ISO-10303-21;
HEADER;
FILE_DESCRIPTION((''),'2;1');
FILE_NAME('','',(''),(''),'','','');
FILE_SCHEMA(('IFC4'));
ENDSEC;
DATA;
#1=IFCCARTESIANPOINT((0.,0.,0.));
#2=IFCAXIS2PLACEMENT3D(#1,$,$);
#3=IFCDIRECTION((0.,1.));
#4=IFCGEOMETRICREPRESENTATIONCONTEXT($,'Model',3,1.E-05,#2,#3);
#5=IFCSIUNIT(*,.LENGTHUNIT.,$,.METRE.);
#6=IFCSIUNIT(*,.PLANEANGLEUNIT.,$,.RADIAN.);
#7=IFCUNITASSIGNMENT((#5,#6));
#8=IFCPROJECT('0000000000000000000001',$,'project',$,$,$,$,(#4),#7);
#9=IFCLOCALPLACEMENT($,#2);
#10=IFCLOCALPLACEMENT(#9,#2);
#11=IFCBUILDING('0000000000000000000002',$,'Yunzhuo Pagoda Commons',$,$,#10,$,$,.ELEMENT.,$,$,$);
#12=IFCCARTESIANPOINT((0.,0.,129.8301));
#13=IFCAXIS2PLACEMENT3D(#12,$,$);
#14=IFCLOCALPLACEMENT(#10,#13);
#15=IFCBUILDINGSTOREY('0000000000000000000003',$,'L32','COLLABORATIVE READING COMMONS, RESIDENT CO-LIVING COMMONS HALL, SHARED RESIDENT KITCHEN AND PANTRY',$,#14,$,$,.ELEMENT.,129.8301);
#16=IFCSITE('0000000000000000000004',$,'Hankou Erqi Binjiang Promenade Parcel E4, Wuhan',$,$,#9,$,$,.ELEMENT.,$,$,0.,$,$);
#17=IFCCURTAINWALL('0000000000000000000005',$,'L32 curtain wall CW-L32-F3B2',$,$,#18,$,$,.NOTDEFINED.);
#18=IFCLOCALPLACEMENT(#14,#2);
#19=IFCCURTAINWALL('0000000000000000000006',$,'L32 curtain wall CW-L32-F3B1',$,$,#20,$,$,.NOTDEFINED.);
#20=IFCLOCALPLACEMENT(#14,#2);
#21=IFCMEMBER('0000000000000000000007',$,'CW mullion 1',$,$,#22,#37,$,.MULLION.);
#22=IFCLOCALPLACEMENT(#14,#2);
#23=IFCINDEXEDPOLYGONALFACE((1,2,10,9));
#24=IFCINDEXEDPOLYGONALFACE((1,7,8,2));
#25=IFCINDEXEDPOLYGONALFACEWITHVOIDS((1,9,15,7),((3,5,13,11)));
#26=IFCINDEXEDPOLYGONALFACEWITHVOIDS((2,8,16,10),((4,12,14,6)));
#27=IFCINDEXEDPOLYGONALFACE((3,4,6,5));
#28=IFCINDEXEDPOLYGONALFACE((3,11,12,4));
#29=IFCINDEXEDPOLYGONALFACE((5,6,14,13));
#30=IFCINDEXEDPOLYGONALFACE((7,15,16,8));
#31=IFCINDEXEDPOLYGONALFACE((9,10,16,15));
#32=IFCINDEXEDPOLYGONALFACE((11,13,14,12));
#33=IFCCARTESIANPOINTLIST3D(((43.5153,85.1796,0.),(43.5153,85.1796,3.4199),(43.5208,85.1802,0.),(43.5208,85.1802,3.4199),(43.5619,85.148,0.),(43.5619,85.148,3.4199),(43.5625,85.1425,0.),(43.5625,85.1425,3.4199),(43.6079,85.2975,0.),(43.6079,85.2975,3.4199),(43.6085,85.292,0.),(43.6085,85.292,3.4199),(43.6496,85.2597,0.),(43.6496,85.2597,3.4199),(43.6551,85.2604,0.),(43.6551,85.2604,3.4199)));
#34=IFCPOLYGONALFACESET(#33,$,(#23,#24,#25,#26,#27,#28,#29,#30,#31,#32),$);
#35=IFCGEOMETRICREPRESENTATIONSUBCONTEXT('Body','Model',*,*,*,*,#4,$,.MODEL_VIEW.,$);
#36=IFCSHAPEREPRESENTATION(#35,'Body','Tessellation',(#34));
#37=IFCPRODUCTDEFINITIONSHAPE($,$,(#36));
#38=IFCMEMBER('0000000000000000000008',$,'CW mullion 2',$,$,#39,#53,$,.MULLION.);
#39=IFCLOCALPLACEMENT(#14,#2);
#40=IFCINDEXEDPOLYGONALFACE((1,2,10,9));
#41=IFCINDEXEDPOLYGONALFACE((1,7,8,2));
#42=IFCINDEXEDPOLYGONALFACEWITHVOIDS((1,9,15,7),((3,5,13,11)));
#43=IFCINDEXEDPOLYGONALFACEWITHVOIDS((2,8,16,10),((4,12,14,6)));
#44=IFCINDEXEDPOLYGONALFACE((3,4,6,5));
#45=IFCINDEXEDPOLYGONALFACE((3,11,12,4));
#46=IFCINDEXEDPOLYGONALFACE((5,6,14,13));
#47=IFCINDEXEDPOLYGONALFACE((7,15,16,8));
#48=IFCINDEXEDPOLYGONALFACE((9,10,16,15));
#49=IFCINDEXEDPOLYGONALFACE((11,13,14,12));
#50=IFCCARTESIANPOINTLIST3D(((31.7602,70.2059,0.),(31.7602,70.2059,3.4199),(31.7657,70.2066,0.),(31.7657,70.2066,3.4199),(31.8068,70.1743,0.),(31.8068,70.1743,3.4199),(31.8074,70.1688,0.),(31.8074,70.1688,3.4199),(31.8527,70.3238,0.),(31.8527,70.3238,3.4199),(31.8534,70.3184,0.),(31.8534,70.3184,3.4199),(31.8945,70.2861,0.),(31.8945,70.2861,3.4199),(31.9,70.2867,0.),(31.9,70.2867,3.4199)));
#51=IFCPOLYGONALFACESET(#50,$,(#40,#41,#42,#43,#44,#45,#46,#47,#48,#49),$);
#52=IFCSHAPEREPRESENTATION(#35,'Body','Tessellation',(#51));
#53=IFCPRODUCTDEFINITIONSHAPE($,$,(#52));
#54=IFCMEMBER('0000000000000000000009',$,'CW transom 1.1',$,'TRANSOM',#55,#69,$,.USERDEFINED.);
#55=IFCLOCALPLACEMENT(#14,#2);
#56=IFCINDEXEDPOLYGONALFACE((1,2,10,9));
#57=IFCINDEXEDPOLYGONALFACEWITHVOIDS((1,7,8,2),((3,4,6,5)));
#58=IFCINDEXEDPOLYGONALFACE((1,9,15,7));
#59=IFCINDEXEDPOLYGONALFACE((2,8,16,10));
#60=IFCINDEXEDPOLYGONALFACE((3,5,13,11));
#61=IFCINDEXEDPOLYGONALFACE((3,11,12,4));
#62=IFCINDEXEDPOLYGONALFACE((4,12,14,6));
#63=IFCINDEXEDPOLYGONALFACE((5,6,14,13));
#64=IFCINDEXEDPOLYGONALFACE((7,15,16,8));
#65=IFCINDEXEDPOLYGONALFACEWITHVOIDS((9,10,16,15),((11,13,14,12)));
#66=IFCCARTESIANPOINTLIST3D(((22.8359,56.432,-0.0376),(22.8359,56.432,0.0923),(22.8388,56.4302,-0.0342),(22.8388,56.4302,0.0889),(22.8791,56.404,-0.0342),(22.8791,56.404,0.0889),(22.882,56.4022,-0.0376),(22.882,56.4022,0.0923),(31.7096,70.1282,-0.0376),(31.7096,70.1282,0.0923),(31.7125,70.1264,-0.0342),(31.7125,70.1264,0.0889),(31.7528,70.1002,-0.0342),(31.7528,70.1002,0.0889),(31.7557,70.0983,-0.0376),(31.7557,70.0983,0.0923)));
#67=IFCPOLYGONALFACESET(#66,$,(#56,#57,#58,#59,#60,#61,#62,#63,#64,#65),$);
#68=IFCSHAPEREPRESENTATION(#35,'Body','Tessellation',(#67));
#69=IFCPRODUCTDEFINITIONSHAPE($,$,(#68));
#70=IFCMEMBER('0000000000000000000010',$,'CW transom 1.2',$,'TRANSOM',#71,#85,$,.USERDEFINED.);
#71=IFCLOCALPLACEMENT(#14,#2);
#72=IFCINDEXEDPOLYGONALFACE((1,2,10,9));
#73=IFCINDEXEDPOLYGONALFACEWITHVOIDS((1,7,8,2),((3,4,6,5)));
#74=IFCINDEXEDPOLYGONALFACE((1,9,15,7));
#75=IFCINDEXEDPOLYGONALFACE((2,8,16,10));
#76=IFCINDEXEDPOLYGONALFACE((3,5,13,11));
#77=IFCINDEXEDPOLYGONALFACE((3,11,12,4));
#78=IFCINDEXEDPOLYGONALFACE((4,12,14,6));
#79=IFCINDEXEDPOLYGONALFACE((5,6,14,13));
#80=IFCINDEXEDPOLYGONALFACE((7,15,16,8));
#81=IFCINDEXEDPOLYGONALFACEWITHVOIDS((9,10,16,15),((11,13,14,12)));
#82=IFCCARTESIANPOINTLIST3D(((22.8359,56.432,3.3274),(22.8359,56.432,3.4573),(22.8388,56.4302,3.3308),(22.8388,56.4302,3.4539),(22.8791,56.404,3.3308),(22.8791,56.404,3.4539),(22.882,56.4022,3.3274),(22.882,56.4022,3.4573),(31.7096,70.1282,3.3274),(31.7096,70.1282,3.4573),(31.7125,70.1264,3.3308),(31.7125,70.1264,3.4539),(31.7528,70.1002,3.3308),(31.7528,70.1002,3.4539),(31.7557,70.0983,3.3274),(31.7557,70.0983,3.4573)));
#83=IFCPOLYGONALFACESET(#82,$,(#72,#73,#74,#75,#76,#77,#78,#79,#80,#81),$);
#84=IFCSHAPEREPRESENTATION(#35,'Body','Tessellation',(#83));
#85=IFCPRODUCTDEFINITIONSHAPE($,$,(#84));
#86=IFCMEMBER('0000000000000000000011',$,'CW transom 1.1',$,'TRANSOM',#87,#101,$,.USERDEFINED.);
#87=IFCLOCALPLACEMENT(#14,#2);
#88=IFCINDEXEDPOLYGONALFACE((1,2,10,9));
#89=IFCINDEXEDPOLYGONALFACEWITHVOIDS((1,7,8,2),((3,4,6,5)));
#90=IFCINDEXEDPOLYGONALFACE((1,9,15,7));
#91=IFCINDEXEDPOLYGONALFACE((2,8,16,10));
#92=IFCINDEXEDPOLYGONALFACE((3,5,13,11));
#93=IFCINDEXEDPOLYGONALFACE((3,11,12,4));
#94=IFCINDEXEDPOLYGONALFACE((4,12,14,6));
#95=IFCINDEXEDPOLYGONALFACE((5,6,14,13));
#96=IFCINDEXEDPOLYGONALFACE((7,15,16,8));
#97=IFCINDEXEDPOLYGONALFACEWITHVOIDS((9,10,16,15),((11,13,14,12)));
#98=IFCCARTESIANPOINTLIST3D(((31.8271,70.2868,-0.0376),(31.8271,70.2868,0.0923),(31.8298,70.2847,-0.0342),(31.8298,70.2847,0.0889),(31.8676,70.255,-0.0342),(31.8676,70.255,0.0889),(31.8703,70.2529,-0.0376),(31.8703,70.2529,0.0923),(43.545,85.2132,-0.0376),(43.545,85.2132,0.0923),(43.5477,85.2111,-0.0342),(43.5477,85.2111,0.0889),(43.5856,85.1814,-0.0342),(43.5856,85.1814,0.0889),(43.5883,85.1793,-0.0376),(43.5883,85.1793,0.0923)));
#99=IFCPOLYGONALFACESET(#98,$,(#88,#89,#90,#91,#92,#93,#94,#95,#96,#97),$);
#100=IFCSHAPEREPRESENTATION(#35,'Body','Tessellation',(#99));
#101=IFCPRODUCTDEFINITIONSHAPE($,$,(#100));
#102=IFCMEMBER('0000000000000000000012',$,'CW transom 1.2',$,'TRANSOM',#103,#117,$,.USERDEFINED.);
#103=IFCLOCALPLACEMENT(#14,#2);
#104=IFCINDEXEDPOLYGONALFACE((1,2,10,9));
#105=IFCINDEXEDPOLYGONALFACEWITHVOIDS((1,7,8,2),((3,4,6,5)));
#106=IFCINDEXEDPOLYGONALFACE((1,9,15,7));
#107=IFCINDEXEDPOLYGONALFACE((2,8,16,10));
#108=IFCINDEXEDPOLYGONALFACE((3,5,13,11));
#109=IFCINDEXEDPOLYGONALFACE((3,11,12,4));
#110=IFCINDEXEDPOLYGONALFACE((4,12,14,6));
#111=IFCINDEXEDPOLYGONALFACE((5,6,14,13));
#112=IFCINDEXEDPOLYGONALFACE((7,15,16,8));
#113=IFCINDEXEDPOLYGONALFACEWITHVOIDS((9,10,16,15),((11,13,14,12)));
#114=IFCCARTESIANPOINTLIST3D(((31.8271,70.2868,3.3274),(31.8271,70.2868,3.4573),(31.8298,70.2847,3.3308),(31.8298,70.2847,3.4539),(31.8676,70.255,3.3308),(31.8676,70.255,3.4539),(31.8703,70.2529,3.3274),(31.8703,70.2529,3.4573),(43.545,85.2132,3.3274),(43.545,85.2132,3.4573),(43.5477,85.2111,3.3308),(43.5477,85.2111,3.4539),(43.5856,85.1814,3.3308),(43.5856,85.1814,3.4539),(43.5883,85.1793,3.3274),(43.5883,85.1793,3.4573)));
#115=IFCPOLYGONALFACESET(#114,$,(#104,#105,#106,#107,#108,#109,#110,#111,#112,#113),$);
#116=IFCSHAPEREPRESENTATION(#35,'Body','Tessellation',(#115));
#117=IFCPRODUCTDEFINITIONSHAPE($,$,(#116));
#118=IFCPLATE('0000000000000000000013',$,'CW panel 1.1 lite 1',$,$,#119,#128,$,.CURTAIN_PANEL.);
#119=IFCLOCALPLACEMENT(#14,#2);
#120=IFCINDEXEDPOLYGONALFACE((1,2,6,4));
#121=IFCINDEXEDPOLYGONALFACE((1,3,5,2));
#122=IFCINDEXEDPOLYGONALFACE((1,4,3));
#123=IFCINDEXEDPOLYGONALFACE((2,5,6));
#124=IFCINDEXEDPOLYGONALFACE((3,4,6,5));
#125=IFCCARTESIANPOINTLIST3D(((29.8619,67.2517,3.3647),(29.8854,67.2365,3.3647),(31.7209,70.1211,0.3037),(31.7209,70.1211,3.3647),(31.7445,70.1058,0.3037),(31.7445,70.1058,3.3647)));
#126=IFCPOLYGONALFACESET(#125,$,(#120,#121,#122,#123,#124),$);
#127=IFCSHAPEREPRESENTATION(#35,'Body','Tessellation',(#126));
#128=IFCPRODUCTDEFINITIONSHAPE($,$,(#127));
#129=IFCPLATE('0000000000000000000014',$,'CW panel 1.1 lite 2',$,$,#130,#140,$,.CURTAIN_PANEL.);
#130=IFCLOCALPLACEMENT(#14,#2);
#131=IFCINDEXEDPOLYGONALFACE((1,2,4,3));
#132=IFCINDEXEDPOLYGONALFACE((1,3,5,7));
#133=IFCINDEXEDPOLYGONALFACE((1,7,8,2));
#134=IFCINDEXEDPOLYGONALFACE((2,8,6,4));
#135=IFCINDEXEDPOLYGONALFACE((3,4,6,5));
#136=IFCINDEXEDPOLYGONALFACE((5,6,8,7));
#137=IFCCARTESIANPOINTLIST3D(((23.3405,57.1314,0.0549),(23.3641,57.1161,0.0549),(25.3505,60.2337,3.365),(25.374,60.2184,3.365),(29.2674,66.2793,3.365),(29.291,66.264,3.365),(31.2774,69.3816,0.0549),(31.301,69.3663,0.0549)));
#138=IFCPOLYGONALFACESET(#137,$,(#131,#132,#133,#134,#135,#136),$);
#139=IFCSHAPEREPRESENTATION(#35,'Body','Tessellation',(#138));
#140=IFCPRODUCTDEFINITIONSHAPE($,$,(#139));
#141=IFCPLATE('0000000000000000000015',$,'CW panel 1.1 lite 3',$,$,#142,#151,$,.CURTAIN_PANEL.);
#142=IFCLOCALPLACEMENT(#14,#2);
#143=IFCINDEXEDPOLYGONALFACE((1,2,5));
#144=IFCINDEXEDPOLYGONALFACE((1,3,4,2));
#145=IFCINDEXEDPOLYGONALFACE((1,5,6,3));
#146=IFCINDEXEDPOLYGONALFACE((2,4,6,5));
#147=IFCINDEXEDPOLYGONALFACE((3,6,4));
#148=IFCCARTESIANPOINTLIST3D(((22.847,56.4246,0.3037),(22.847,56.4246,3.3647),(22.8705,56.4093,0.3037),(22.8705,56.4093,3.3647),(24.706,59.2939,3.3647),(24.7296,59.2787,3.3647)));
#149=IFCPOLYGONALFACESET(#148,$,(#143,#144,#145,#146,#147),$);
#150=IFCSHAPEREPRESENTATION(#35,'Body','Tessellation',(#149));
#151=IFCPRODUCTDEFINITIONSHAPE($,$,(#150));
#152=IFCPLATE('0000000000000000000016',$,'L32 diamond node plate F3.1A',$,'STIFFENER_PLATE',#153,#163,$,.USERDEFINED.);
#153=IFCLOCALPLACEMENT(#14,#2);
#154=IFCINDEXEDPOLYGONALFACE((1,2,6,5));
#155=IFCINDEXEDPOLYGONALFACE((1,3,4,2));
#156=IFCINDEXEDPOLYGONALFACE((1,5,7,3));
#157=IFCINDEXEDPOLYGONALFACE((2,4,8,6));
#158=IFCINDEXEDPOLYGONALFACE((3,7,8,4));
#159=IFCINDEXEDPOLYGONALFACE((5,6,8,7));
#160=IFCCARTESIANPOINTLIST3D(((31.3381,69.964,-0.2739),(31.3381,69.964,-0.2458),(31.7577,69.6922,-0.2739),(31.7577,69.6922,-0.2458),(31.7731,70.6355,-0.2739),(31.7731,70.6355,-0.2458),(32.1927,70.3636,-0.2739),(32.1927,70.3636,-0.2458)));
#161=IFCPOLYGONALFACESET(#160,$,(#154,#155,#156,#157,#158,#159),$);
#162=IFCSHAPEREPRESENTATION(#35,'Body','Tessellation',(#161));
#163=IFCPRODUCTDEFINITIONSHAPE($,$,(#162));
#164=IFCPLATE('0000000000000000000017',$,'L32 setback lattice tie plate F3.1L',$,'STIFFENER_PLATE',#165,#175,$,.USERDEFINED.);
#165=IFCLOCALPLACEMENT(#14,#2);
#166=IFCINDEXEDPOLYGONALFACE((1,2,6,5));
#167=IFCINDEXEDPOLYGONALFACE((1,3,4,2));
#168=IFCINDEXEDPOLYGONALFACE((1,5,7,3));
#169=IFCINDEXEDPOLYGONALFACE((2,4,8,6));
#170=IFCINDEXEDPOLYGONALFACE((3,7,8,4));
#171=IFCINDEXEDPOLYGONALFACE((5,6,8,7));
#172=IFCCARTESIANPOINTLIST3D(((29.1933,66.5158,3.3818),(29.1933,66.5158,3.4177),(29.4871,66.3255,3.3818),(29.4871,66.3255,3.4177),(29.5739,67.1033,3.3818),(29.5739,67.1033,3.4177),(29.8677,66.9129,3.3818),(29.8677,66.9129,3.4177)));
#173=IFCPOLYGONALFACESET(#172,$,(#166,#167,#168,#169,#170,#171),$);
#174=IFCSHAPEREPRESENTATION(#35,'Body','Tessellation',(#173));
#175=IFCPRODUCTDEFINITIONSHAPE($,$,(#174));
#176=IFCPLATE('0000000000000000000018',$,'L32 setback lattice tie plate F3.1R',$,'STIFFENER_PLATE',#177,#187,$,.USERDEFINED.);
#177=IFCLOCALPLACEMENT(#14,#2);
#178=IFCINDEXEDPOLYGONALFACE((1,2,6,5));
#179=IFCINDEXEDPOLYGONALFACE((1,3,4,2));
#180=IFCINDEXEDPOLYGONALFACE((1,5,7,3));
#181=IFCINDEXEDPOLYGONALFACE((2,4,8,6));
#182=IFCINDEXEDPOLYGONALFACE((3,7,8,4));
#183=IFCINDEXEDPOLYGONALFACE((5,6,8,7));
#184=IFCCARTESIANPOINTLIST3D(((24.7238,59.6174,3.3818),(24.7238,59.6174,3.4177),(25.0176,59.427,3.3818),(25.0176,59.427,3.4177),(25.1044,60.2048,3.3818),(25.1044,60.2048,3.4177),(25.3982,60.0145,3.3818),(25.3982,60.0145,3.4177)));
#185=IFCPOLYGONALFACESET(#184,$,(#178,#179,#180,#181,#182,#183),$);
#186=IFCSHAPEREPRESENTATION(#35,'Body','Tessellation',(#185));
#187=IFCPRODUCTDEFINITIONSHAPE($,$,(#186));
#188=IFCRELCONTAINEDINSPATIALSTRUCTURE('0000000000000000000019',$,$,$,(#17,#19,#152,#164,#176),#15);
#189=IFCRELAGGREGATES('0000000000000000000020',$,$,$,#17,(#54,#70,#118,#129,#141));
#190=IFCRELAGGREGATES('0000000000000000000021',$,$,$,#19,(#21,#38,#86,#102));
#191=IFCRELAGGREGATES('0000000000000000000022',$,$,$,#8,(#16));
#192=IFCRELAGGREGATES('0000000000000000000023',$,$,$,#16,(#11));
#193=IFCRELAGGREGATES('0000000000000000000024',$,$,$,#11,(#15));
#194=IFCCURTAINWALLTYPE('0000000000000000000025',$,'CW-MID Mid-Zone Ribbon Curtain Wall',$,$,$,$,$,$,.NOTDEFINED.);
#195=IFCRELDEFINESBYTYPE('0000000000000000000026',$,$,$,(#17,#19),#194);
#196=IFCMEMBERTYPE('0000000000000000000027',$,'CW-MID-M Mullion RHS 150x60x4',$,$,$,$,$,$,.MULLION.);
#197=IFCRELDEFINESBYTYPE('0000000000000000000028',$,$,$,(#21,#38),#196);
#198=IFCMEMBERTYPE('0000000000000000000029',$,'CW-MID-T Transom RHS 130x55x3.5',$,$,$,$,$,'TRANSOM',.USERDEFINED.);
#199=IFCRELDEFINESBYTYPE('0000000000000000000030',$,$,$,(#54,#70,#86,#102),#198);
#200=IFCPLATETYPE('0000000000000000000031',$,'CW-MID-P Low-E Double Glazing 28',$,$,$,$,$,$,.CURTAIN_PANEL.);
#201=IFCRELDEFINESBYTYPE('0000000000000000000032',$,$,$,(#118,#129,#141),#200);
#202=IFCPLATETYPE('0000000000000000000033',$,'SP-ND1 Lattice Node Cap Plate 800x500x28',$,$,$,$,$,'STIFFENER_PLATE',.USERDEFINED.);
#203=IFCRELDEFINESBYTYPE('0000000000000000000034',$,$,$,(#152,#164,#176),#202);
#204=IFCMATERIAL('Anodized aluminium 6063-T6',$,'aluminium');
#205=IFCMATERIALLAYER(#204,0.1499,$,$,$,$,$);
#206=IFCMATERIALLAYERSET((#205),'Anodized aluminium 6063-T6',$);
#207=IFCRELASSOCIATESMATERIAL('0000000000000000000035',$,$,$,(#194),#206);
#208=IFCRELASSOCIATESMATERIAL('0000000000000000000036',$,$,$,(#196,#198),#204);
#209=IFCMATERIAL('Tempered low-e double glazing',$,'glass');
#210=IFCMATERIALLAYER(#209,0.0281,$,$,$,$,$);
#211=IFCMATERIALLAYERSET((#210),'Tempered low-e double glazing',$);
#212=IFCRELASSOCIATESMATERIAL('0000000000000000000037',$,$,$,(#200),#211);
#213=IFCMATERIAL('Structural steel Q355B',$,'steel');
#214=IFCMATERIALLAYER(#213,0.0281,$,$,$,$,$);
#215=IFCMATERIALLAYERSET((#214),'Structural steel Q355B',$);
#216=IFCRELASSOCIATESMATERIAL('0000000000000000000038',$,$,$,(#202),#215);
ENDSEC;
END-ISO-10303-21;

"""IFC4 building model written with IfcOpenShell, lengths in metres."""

from ifc_helpers import new_model, si_unit, direction, frame, origin, origin_2d, place, context, subcontext, project, spatial, polyline, rectangle, hollow_rectangle, outline, extrude, source, transform, mapped, material, layer, layer_set, material_profile, profile_set, type_object, element, aggregate, save


model = new_model("IFC4")

# Units and contexts
model_context = context("Model", 3, precision=1e-05, world=origin(), true_north=direction((0.0, 1.0)))
body_context = subcontext(model_context, "Body", "Model", "MODEL_VIEW")
ifc_project = project(units=[si_unit("LENGTHUNIT", "METRE"), si_unit("PLANEANGLEUNIT", "RADIAN")], contexts=[model_context])

# Site, building, storey
site_placement = place(None, origin())
site = spatial("IfcSite", under=ifc_project, at=site_placement, Name="Hankou Erqi Binjiang Promenade Parcel E4, Wuhan", CompositionType="ELEMENT", RefElevation=0.0)
building_placement = place(site_placement, origin())
building = spatial("IfcBuilding", under=site, at=building_placement, Name="Yunzhuo Pagoda Commons", CompositionType="ELEMENT")
storey_placement = place(building_placement, frame((0.0, 0.0, 129.8301)))
storey = spatial("IfcBuildingStorey", under=building, at=storey_placement, Name="L32", Description="COLLABORATIVE READING COMMONS, RESIDENT CO-LIVING COMMONS HALL, SHARED RESIDENT KITCHEN AND PANTRY", CompositionType="ELEMENT", Elevation=129.8301)

# Shared definitions
ifc_material_1 = material(Name="Structural steel Q355B", Category="steel")

# Curtain walls, members
ifc_material_2 = material(Name="Anodized aluminium 6063-T6", Category="aluminium")
ifc_layer_1 = layer(ifc_material_2, 0.1499)
ifc_layer_set_1 = layer_set([ifc_layer_1], Name="Anodized aluminium 6063-T6")
curtain_wall_type = type_object("IfcCurtainWallType", Name="CW-MID Mid-Zone Ribbon Curtain Wall", PredefinedType="NOTDEFINED", material=ifc_layer_set_1)
curtain_wall_1_placement = place(storey_placement, origin())
curtain_wall_1 = element("IfcCurtainWall", 1, at=curtain_wall_1_placement, inside=storey, type_object=curtain_wall_type, Name="L32 curtain wall CW-L32-F3B2", PredefinedType="NOTDEFINED")
ifc_material_profile_1 = material_profile(ifc_material_2, hollow_rectangle(XDim=0.0601, YDim=0.1499, WallThickness=0.0039, at=origin_2d()), Name="Anodized aluminium 6063-T6")
ifc_profile_set_1 = profile_set([ifc_material_profile_1], Name="Anodized aluminium 6063-T6")
member_type_1 = type_object("IfcMemberType", Name="CW-MID-M Mullion RHS 150x60x4", PredefinedType="MULLION", material=ifc_profile_set_1)
shared_shape_1 = source(origin(), body_context, "Body", "SweptSolid", [
    extrude(hollow_rectangle(XDim=0.0601, YDim=0.1499, WallThickness=0.0039, at=origin_2d()), origin(), (0.0, 0.0, 1.0), 3.4199),
])
curtain_wall_2_placement = place(storey_placement, origin())
curtain_wall_2 = element("IfcCurtainWall", 2, at=curtain_wall_2_placement, inside=storey, type_object=curtain_wall_type, Name="L32 curtain wall CW-L32-F3B1", PredefinedType="NOTDEFINED")
member_1_placement = place(storey_placement, frame((43.5852, 85.22, 0.0), z_axis=(0.0, 0.0, 1.0), x_axis=(0.786572, -0.617499, 0.0)))
member_1 = element("IfcMember", 3, at=member_1_placement, type_object=member_type_1, Name="CW mullion 1", PredefinedType="MULLION", context=body_context, shape_type="MappedRepresentation", body=[
    mapped(shared_shape_1, transform((0.0, 0.0, 0.0), scale=1.0)),
])
member_2_placement = place(storey_placement, frame((31.8301, 70.2463, 0.0), z_axis=(0.0, 0.0, 1.0), x_axis=(0.786572, -0.617499, 0.0)))
member_2 = element("IfcMember", 4, at=member_2_placement, type_object=member_type_1, Name="CW mullion 2", PredefinedType="MULLION", context=body_context, shape_type="MappedRepresentation", body=[
    mapped(shared_shape_1, transform((0.0, 0.0, 0.0), scale=1.0)),
])

# Members
ifc_material_profile_2 = material_profile(ifc_material_2, hollow_rectangle(XDim=0.0549, YDim=0.1299, WallThickness=0.0034, at=origin_2d()), Name="Anodized aluminium 6063-T6")
ifc_profile_set_2 = profile_set([ifc_material_profile_2], Name="Anodized aluminium 6063-T6")
member_type_2 = type_object("IfcMemberType", Name="CW-MID-T Transom RHS 130x55x3.5", ElementType="TRANSOM", PredefinedType="USERDEFINED", material=ifc_profile_set_2)
shared_shape_2 = source(origin(), body_context, "Body", "SweptSolid", [
    extrude(hollow_rectangle(XDim=0.0549, YDim=0.1299, WallThickness=0.0034, at=origin_2d()), origin(), (0.0, 0.0, 1.0), 16.3196),
])
member_3_placement = place(storey_placement, frame((31.7327, 70.1133, 0.0273), z_axis=(-0.543747, -0.839249, 0.0), x_axis=(0.839249, -0.543747, 0.0)))
member_3 = element("IfcMember", 5, at=member_3_placement, type_object=member_type_2, Name="CW transom 1.1", ObjectType="TRANSOM", PredefinedType="USERDEFINED", context=body_context, shape_type="MappedRepresentation", body=[
    mapped(shared_shape_2, transform((0.0, 0.0, 0.0), scale=1.0)),
])
member_4_placement = place(storey_placement, frame((31.7327, 70.1133, 3.3923), z_axis=(-0.543747, -0.839249, 0.0), x_axis=(0.839249, -0.543747, 0.0)))
member_4 = element("IfcMember", 6, at=member_4_placement, type_object=member_type_2, Name="CW transom 1.2", ObjectType="TRANSOM", PredefinedType="USERDEFINED", context=body_context, shape_type="MappedRepresentation", body=[
    mapped(shared_shape_2, transform((0.0, 0.0, 0.0), scale=1.0)),
])
shared_shape_3 = source(origin(), body_context, "Body", "SweptSolid", [
    extrude(hollow_rectangle(XDim=0.0549, YDim=0.1299, WallThickness=0.0034, at=origin_2d()), origin(), (0.0, 0.0, 1.0), 18.9766),
])
member_5_placement = place(storey_placement, frame((43.5667, 85.1963, 0.0273), z_axis=(-0.617497, -0.786573, 0.0), x_axis=(0.786573, -0.617497, 0.0)))
member_5 = element("IfcMember", 7, at=member_5_placement, type_object=member_type_2, Name="CW transom 1.1", ObjectType="TRANSOM", PredefinedType="USERDEFINED", context=body_context, shape_type="MappedRepresentation", body=[
    mapped(shared_shape_3, transform((0.0, 0.0, 0.0), scale=1.0)),
])
member_6_placement = place(storey_placement, frame((43.5667, 85.1963, 3.3923), z_axis=(-0.617497, -0.786573, 0.0), x_axis=(0.786573, -0.617497, 0.0)))
member_6 = element("IfcMember", 8, at=member_6_placement, type_object=member_type_2, Name="CW transom 1.2", ObjectType="TRANSOM", PredefinedType="USERDEFINED", context=body_context, shape_type="MappedRepresentation", body=[
    mapped(shared_shape_3, transform((0.0, 0.0, 0.0), scale=1.0)),
])

# Plates
ifc_material_3 = material(Name="Tempered low-e double glazing", Category="glass")
ifc_layer_2 = layer(ifc_material_3, 0.0281)
ifc_layer_set_2 = layer_set([ifc_layer_2], Name="Tempered low-e double glazing")
plate_type_1 = type_object("IfcPlateType", Name="CW-MID-P Low-E Double Glazing 28", PredefinedType="CURTAIN_PANEL", material=ifc_layer_set_2)
plate_1_placement = place(storey_placement, frame((30.8149, 68.6711, 1.8342), z_axis=(-0.839249, 0.543747, 0.0), x_axis=(-0.543747, -0.839249, 0.0)))
plate_1 = element("IfcPlate", 9, at=plate_1_placement, type_object=plate_type_1, Name="CW panel 1.1 lite 1", PredefinedType="CURTAIN_PANEL", context=body_context, shape_type="SweptSolid", body=[
    extrude(outline(polyline([(-1.7095, -1.5305), (1.7095, 1.5305), (-1.7095, 1.5305), (-1.7095, -1.5305)])), origin(), (0.0, 0.0, 1.0), 0.0281),
])
plate_2_placement = place(storey_placement, frame((27.3325, 63.2412, 1.71), z_axis=(-0.839249, 0.543747, 0.0), x_axis=(-0.543747, -0.839249, 0.0)))
plate_2 = element("IfcPlate", 10, at=plate_2_placement, type_object=plate_type_1, Name="CW panel 1.1 lite 2", PredefinedType="CURTAIN_PANEL", context=body_context, shape_type="SweptSolid", body=[
    extrude(outline(polyline([(-7.2983, -1.655), (7.2983, -1.655), (3.6018, 1.655), (-3.6018, 1.655), (-7.2983, -1.655)])), origin(), (0.0, 0.0, 1.0), 0.0281),
])
plate_3_placement = place(storey_placement, frame((23.8, 57.844, 1.8342), z_axis=(-0.839249, 0.543747, 0.0), x_axis=(-0.543747, -0.839249, 0.0)))
plate_3 = element("IfcPlate", 11, at=plate_3_placement, type_object=plate_type_1, Name="CW panel 1.1 lite 3", PredefinedType="CURTAIN_PANEL", context=body_context, shape_type="SweptSolid", body=[
    extrude(outline(polyline([(-1.7095, 1.5305), (1.7095, -1.5305), (1.7095, 1.5305), (-1.7095, 1.5305)])), origin(), (0.0, 0.0, 1.0), 0.0281),
])
aggregate(curtain_wall_1, [member_3, member_4, plate_1, plate_2, plate_3])

# Plates
ifc_layer_3 = layer(ifc_material_1, 0.0281)
ifc_layer_set_3 = layer_set([ifc_layer_3], Name="Structural steel Q355B")
plate_type_2 = type_object("IfcPlateType", Name="SP-ND1 Lattice Node Cap Plate 800x500x28", ElementType="STIFFENER_PLATE", PredefinedType="USERDEFINED", material=ifc_layer_set_3)
shared_shape_4 = source(origin(), body_context, "Body", "SweptSolid", [
    extrude(rectangle(XDim=0.8, YDim=0.5, at=origin_2d()), origin(), (0.0, 0.0, 1.0), 0.0281),
])
plate_4_placement = place(storey_placement, frame((31.7654, 70.1638, -0.2739), z_axis=(0.0, 0.0, 1.0), x_axis=(-0.543746, -0.83925, 0.0)))
element("IfcPlate", 12, at=plate_4_placement, inside=storey, type_object=plate_type_2, Name="L32 diamond node plate F3.1A", ObjectType="STIFFENER_PLATE", PredefinedType="USERDEFINED", context=body_context, shape_type="MappedRepresentation", body=[
    mapped(shared_shape_4, transform((0.0, 0.0, 0.0), scale=1.0)),
])
shared_shape_5 = source(origin(), body_context, "Body", "SweptSolid", [
    extrude(rectangle(XDim=0.7, YDim=0.3501, at=origin_2d()), origin(), (0.0, 0.0, 1.0), 0.0359),
])
for number, where, z_axis, x_axis, name in (
    (13, (29.5305, 66.7144, 3.3818), (0.0, 0.0, 1.0), (-0.543746, -0.83925, 0.0), "L32 setback lattice tie plate F3.1L"),
    (14, (25.061, 59.8159, 3.3818), (0.0, 0.0, 1.0), (-0.543746, -0.83925, 0.0), "L32 setback lattice tie plate F3.1R"),
):
    element("IfcPlate", number, at=place(storey_placement, frame(where, z_axis=z_axis, x_axis=x_axis)), inside=storey, type_object=plate_type_2, Name=name, ObjectType="STIFFENER_PLATE", PredefinedType="USERDEFINED", context=body_context, shape_type="MappedRepresentation", body=[
        mapped(shared_shape_5, transform((0.0, 0.0, 0.0), scale=1.0)),
    ])

aggregate(curtain_wall_2, [member_1, member_2, member_5, member_6])

save(model, "model.ifc")
